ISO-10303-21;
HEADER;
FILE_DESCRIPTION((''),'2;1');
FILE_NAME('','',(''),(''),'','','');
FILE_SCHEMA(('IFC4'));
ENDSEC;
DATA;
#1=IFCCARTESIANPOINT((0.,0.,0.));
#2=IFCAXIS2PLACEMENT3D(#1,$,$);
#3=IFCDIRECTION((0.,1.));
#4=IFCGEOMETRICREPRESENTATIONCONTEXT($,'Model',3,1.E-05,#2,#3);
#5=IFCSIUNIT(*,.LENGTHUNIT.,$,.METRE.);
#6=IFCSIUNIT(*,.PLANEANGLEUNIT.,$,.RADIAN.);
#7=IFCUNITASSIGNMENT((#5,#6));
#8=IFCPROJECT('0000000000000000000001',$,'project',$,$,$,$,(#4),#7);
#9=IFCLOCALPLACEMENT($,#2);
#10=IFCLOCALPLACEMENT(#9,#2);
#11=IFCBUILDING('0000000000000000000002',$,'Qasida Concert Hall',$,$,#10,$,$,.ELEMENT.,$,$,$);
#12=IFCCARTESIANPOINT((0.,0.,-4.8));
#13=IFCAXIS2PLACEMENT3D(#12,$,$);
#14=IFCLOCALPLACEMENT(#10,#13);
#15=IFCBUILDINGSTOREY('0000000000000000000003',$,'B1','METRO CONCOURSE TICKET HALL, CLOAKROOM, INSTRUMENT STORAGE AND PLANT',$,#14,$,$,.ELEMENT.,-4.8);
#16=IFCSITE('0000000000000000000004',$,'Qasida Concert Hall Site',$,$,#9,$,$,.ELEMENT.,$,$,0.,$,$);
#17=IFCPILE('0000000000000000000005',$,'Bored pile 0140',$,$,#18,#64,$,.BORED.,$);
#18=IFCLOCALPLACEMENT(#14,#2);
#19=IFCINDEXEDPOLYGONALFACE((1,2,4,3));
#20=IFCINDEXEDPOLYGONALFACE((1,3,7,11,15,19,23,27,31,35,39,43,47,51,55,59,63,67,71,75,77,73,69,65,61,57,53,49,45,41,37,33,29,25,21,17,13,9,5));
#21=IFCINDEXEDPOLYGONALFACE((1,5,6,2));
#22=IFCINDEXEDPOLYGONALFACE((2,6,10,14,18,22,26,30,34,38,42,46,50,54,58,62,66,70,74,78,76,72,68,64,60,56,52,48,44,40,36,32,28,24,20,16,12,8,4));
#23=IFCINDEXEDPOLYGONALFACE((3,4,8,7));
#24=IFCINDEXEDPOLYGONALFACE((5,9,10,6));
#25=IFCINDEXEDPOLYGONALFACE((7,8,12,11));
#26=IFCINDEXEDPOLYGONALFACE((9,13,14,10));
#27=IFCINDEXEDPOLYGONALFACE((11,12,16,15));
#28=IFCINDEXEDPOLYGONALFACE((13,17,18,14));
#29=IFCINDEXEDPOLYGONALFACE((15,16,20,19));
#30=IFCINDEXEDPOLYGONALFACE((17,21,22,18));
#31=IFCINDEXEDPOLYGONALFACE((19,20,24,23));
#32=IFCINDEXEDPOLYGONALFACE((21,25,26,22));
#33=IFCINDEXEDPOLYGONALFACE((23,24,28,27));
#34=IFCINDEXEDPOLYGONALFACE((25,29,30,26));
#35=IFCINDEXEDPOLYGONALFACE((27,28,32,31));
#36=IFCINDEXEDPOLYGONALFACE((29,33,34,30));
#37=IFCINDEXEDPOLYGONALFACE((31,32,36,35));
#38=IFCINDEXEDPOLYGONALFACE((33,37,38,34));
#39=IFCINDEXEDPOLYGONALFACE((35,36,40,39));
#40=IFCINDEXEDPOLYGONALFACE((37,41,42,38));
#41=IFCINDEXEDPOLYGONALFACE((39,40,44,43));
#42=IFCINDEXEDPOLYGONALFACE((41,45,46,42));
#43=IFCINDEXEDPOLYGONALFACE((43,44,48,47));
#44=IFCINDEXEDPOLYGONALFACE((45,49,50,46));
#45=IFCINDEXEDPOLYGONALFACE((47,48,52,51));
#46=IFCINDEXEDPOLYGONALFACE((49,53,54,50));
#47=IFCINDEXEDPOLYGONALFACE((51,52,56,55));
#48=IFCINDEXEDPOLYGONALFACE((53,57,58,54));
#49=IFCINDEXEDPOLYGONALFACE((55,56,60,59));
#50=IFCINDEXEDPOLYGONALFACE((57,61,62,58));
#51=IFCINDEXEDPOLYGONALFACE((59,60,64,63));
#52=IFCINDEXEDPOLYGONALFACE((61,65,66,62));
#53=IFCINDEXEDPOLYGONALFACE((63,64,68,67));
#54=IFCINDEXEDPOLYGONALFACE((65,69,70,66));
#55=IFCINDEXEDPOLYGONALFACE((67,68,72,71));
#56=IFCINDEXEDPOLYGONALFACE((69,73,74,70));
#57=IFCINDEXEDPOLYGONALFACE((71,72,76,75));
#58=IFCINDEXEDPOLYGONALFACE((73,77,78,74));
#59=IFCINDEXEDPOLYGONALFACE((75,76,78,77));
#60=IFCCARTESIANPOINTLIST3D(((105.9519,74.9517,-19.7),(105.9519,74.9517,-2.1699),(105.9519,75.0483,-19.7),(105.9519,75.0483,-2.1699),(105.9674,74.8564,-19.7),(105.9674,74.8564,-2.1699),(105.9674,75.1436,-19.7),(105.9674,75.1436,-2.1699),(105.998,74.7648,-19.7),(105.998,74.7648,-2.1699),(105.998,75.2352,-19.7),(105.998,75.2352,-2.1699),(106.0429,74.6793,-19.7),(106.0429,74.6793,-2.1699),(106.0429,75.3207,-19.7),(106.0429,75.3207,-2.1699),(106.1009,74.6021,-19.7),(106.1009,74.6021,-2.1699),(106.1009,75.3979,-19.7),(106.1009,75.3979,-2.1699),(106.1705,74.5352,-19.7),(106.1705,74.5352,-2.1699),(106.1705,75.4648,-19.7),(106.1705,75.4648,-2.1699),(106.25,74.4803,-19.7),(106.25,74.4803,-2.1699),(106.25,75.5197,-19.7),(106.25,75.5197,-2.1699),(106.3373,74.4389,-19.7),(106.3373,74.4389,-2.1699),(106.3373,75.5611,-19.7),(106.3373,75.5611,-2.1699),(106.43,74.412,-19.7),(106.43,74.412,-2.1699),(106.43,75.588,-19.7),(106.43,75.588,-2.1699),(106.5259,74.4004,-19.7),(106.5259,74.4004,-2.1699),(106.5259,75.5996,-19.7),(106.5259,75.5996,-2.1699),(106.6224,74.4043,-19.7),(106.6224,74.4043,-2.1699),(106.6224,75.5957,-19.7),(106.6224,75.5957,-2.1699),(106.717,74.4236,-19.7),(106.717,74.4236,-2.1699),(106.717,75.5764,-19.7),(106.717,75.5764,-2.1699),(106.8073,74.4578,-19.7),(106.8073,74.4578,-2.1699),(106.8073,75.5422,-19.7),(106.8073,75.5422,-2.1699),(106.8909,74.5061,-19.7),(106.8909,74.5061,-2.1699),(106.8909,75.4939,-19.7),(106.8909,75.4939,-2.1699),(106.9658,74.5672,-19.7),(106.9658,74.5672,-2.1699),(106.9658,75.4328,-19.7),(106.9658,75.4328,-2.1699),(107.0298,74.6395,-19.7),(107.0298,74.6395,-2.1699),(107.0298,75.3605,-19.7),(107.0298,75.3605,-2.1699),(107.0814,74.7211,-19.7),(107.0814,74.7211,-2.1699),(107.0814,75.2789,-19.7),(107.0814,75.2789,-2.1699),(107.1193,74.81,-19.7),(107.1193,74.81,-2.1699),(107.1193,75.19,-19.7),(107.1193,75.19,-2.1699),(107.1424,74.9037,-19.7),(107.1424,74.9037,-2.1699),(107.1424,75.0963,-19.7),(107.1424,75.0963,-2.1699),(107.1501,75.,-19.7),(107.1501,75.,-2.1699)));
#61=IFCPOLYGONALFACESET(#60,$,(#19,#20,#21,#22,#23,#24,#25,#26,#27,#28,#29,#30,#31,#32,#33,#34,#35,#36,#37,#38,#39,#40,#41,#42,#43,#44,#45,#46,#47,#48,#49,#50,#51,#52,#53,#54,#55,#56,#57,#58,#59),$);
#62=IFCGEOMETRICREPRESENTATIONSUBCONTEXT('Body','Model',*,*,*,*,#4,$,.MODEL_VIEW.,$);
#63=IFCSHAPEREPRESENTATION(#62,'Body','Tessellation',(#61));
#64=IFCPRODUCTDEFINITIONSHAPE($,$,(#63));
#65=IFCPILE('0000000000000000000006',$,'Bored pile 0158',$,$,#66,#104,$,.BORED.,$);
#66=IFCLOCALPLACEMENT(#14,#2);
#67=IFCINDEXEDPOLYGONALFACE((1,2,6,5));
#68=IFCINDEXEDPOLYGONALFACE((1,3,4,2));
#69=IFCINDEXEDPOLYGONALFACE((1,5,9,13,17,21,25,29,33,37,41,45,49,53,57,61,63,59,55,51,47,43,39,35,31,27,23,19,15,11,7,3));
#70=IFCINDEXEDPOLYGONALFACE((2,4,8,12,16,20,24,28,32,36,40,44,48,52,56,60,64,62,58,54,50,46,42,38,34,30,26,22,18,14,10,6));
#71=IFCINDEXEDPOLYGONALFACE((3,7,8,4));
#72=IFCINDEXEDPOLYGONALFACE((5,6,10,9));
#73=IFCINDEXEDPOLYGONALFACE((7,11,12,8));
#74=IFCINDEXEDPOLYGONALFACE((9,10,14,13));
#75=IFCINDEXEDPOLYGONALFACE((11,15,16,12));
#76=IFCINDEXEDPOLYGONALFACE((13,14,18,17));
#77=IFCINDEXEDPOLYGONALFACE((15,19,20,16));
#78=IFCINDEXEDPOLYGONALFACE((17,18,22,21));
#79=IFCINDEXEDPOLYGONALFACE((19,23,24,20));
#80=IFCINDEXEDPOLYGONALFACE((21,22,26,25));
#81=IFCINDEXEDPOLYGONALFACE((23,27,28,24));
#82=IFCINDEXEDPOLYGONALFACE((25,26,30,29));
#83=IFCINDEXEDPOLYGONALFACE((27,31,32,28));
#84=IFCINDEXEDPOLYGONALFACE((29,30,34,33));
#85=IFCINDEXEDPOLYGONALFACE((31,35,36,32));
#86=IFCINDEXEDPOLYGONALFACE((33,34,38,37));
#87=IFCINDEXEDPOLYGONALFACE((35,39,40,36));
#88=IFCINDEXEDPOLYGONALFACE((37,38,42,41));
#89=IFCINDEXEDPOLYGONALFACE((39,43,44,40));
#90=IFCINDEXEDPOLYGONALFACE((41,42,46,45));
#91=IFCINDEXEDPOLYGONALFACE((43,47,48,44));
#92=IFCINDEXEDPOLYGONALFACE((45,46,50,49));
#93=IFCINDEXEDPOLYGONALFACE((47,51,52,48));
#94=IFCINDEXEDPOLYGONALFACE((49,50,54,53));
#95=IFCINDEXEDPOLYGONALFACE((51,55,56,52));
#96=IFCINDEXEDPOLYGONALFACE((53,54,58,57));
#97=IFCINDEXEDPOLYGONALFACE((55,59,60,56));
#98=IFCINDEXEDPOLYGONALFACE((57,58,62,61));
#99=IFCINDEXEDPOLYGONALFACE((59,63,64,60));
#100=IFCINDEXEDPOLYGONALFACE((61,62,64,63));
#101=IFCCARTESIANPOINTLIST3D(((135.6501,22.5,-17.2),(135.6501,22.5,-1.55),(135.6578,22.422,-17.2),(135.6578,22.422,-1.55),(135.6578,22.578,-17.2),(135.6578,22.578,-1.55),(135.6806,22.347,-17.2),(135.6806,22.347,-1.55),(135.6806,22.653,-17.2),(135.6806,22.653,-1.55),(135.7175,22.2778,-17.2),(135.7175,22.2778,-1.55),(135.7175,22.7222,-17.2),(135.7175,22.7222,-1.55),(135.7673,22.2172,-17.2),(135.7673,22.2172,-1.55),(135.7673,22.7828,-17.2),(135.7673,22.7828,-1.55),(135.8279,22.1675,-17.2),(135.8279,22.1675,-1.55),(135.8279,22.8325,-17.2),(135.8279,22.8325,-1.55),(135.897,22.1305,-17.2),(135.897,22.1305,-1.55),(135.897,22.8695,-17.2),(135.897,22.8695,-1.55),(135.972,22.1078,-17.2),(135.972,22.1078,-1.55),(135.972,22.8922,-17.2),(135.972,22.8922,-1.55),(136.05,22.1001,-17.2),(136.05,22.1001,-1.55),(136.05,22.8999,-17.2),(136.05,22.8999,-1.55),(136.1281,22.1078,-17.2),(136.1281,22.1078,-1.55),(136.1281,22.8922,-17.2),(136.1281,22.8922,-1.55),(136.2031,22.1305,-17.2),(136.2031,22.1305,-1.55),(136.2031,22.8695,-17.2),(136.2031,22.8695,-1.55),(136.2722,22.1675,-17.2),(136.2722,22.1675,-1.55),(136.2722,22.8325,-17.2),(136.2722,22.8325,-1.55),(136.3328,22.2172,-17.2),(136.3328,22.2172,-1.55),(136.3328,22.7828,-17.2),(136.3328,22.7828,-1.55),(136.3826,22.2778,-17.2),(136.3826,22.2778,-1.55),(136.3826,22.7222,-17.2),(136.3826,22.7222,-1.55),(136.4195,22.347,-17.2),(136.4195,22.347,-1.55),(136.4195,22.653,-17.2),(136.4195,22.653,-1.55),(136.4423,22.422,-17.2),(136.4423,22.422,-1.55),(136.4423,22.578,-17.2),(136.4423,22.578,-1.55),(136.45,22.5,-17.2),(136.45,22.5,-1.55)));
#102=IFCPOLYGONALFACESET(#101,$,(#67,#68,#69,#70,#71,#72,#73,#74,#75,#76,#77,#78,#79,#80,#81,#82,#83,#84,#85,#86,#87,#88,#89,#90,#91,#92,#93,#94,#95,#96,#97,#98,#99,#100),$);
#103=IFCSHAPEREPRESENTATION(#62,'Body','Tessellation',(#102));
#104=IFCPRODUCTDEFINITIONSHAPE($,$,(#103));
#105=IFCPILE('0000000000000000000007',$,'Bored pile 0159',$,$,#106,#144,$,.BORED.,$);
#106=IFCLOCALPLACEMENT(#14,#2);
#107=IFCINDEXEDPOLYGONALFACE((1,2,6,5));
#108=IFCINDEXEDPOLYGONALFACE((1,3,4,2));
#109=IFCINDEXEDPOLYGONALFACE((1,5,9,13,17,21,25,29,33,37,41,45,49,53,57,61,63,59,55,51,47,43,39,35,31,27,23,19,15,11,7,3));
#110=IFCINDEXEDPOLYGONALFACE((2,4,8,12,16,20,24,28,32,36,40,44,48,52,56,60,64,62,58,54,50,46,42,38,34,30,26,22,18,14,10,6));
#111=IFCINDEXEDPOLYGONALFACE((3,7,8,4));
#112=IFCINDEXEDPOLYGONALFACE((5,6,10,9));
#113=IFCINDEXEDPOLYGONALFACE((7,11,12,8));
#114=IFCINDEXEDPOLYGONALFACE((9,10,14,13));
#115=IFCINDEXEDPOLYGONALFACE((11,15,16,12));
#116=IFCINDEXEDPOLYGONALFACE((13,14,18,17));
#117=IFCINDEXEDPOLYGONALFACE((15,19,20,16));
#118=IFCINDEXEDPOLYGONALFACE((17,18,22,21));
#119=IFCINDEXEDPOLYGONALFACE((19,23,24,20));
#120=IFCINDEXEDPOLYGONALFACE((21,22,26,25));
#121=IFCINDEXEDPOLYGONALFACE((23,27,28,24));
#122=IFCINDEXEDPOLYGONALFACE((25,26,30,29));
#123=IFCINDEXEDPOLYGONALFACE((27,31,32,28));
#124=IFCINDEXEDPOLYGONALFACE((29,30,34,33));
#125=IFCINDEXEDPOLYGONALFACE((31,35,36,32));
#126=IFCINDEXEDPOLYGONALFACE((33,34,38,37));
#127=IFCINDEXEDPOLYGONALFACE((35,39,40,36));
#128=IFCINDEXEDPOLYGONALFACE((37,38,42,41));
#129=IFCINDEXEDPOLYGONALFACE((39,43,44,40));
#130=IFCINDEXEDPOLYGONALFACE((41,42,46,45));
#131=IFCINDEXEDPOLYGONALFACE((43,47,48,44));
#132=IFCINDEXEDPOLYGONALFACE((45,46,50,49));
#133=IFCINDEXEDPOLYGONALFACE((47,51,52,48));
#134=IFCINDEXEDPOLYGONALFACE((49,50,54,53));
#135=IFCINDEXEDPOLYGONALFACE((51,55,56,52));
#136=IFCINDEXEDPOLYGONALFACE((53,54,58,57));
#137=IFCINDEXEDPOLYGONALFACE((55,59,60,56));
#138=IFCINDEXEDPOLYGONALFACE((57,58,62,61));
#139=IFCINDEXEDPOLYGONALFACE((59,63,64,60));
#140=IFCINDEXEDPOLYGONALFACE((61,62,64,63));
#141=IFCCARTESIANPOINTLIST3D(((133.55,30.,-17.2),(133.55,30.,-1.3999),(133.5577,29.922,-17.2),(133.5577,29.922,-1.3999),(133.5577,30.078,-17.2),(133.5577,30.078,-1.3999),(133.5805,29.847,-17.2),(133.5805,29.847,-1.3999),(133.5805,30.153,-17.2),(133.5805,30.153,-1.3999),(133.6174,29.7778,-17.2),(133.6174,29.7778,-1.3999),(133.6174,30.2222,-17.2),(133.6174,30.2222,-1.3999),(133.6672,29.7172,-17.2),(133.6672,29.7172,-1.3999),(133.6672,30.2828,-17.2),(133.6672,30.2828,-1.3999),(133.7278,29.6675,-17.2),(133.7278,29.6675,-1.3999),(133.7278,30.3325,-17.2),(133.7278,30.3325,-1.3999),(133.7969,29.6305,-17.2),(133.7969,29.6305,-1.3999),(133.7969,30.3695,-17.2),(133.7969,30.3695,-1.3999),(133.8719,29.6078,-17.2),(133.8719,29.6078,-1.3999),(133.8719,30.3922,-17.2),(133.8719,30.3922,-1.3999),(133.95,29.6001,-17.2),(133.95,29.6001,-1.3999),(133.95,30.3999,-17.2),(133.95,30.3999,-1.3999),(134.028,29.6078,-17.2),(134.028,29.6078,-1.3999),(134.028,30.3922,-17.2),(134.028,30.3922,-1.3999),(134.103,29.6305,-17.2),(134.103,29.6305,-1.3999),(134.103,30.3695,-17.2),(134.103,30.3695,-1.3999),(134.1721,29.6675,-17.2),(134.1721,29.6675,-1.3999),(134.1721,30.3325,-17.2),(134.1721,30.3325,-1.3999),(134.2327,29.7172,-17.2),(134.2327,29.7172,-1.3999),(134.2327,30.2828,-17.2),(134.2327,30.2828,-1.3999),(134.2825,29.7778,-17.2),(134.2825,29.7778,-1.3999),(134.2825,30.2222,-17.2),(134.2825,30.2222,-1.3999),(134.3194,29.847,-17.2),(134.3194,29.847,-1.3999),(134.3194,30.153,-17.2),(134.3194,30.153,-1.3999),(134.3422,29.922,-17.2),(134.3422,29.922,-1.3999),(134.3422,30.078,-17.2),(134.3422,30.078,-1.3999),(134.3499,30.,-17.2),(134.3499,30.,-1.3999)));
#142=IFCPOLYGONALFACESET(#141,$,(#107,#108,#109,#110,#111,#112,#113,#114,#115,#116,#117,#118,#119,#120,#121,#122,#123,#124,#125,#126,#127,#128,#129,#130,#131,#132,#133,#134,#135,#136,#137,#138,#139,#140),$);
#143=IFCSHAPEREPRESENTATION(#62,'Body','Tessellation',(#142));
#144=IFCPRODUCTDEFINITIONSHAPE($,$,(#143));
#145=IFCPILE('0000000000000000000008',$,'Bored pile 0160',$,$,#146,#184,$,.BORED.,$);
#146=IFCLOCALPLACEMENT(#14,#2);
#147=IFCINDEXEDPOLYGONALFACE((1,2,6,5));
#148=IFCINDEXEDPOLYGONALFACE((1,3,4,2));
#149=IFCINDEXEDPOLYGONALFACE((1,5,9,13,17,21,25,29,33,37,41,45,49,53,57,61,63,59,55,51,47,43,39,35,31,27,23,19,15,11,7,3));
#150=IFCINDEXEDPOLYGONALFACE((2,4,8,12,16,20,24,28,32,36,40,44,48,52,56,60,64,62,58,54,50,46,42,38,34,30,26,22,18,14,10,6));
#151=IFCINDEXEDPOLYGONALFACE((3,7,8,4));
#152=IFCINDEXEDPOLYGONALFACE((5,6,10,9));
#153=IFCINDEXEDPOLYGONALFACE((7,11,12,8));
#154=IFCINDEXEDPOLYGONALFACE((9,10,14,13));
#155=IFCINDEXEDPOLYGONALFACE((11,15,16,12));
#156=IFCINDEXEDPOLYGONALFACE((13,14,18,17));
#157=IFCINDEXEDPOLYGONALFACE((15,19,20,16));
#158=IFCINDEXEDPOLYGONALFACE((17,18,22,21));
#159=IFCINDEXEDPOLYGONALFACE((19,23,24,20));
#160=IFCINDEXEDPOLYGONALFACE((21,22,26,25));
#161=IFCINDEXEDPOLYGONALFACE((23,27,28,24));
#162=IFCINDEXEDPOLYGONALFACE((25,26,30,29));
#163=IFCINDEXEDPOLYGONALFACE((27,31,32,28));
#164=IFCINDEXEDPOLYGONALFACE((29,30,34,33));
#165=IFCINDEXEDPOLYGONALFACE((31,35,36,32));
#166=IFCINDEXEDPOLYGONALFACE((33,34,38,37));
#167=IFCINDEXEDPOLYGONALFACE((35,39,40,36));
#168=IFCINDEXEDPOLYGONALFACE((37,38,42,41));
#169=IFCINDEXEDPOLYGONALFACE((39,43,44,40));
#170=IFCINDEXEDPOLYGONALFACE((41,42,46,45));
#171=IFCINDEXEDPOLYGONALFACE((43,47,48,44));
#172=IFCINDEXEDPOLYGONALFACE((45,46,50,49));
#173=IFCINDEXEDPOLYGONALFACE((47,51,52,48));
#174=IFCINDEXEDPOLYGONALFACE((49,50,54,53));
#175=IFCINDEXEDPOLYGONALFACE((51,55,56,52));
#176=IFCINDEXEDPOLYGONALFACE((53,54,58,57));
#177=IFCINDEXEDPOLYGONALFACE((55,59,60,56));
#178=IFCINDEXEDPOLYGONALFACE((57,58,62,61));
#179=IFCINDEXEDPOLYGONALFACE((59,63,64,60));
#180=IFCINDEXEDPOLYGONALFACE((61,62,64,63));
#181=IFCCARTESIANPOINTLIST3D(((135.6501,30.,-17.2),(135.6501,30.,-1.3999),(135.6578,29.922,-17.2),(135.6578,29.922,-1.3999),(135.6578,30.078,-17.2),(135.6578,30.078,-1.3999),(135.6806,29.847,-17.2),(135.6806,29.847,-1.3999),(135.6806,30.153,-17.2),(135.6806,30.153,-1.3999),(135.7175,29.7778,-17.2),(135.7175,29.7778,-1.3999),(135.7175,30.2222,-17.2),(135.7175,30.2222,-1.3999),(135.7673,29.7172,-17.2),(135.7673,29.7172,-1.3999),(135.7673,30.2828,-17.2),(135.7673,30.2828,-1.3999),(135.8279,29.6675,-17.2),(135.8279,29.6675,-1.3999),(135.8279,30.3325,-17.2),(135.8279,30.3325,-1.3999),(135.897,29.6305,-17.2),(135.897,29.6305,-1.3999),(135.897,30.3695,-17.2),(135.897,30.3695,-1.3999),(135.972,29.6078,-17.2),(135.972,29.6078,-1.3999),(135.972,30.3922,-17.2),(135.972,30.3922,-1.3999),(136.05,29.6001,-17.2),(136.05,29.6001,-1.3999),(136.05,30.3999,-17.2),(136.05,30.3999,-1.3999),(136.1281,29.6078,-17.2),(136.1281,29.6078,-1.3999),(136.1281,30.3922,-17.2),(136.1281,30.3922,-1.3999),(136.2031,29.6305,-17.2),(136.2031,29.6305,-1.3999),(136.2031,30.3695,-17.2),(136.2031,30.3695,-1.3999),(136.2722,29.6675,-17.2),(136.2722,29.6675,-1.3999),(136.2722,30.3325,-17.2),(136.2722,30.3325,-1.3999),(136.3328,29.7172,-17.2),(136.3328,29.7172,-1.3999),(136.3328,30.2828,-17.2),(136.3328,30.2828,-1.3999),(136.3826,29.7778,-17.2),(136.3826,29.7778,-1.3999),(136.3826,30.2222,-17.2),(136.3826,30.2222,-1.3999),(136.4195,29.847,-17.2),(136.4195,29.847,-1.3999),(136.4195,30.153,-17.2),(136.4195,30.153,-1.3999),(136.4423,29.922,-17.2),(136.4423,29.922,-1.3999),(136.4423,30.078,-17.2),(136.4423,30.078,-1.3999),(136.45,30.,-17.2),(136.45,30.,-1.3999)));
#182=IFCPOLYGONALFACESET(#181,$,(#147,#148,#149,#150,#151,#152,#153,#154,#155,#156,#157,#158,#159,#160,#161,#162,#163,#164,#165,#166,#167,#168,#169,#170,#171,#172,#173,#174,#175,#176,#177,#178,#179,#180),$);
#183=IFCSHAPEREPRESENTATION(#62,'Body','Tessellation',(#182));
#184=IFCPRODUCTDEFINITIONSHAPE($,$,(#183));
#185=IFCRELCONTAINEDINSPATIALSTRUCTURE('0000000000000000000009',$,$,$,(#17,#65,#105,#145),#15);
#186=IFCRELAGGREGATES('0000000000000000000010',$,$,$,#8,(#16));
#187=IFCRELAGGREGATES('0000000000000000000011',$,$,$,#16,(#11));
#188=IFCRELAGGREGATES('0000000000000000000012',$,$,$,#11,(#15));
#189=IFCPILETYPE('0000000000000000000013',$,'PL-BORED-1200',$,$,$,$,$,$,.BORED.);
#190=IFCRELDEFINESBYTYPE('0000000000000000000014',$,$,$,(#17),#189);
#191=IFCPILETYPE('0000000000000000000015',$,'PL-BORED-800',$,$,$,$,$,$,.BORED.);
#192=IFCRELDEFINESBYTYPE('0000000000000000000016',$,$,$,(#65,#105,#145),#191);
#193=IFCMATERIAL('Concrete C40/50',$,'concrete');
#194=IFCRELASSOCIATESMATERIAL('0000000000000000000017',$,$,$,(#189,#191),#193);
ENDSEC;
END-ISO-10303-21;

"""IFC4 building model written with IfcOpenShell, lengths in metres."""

from ifc_helpers import new_model, si_unit, direction, frame, origin, origin_2d, place, context, subcontext, project, spatial, circle, extrude, material, material_profile, profile_set, type_object, element, save


model = new_model("IFC4")

# Units and contexts
model_context = context("Model", 3, precision=1e-05, world=origin(), true_north=direction((0.0, 1.0)))
body_context = subcontext(model_context, "Body", "Model", "MODEL_VIEW")
ifc_project = project(units=[si_unit("LENGTHUNIT", "METRE"), si_unit("PLANEANGLEUNIT", "RADIAN")], contexts=[model_context])

# Site, building, storey
site_placement = place(None, origin())
site = spatial("IfcSite", under=ifc_project, at=site_placement, Name="Qasida Concert Hall Site", CompositionType="ELEMENT", RefElevation=0.0)
building_placement = place(site_placement, origin())
building = spatial("IfcBuilding", under=site, at=building_placement, Name="Qasida Concert Hall", CompositionType="ELEMENT")
storey_placement = place(building_placement, frame((0.0, 0.0, -4.8)))
storey = spatial("IfcBuildingStorey", under=building, at=storey_placement, Name="B1", Description="METRO CONCOURSE TICKET HALL, CLOAKROOM, INSTRUMENT STORAGE AND PLANT", CompositionType="ELEMENT", Elevation=-4.8)

# Shared definitions
ifc_material_1 = material(Name="Concrete C40/50", Category="concrete")

# Piles
ifc_material_profile_1 = material_profile(ifc_material_1, circle(Radius=0.6001, at=origin_2d()), Name="BORED PILE D1200")
ifc_profile_set_1 = profile_set([ifc_material_profile_1], Name="Concrete C40/50")
pile_type_1 = type_object("IfcPileType", Name="PL-BORED-1200", PredefinedType="BORED", material=ifc_profile_set_1)
pile_1_placement = place(storey_placement, frame((106.55, 75.0, -2.1699), z_axis=(0.0, 0.0, -1.0), x_axis=(1.0, 0.0, 0.0)))
element("IfcPile", 1, at=pile_1_placement, inside=storey, type_object=pile_type_1, Name="Bored pile 0140", PredefinedType="BORED", context=body_context, shape_type="SweptSolid", body=[
    extrude(circle(Radius=0.6001, at=origin_2d()), origin(), (0.0, 0.0, 1.0), 17.53),
])
ifc_material_profile_2 = material_profile(ifc_material_1, circle(Radius=0.3999, at=origin_2d()), Name="BORED PILE D800")
ifc_profile_set_2 = profile_set([ifc_material_profile_2], Name="Concrete C40/50")
pile_type_2 = type_object("IfcPileType", Name="PL-BORED-800", PredefinedType="BORED", material=ifc_profile_set_2)
pile_2_placement = place(storey_placement, frame((136.05, 22.5, -1.55), z_axis=(0.0, 0.0, -1.0), x_axis=(1.0, 0.0, 0.0)))
element("IfcPile", 2, at=pile_2_placement, inside=storey, type_object=pile_type_2, Name="Bored pile 0158", PredefinedType="BORED", context=body_context, shape_type="SweptSolid", body=[
    extrude(circle(Radius=0.3999, at=origin_2d()), origin(), (0.0, 0.0, 1.0), 15.6499),
])
for number, where, z_axis, x_axis, name in (
    (3, (133.95, 30.0, -1.3999), (0.0, 0.0, -1.0), (1.0, 0.0, 0.0), "Bored pile 0159"),
    (4, (136.05, 30.0, -1.3999), (0.0, 0.0, -1.0), (1.0, 0.0, 0.0), "Bored pile 0160"),
):
    element("IfcPile", number, at=place(storey_placement, frame(where, z_axis=z_axis, x_axis=x_axis)), inside=storey, type_object=pile_type_2, Name=name, PredefinedType="BORED", context=body_context, shape_type="SweptSolid", body=[
        extrude(circle(Radius=0.3999, at=origin_2d()), origin(), (0.0, 0.0, 1.0), 15.8),
    ])

save(model, "model.ifc")
